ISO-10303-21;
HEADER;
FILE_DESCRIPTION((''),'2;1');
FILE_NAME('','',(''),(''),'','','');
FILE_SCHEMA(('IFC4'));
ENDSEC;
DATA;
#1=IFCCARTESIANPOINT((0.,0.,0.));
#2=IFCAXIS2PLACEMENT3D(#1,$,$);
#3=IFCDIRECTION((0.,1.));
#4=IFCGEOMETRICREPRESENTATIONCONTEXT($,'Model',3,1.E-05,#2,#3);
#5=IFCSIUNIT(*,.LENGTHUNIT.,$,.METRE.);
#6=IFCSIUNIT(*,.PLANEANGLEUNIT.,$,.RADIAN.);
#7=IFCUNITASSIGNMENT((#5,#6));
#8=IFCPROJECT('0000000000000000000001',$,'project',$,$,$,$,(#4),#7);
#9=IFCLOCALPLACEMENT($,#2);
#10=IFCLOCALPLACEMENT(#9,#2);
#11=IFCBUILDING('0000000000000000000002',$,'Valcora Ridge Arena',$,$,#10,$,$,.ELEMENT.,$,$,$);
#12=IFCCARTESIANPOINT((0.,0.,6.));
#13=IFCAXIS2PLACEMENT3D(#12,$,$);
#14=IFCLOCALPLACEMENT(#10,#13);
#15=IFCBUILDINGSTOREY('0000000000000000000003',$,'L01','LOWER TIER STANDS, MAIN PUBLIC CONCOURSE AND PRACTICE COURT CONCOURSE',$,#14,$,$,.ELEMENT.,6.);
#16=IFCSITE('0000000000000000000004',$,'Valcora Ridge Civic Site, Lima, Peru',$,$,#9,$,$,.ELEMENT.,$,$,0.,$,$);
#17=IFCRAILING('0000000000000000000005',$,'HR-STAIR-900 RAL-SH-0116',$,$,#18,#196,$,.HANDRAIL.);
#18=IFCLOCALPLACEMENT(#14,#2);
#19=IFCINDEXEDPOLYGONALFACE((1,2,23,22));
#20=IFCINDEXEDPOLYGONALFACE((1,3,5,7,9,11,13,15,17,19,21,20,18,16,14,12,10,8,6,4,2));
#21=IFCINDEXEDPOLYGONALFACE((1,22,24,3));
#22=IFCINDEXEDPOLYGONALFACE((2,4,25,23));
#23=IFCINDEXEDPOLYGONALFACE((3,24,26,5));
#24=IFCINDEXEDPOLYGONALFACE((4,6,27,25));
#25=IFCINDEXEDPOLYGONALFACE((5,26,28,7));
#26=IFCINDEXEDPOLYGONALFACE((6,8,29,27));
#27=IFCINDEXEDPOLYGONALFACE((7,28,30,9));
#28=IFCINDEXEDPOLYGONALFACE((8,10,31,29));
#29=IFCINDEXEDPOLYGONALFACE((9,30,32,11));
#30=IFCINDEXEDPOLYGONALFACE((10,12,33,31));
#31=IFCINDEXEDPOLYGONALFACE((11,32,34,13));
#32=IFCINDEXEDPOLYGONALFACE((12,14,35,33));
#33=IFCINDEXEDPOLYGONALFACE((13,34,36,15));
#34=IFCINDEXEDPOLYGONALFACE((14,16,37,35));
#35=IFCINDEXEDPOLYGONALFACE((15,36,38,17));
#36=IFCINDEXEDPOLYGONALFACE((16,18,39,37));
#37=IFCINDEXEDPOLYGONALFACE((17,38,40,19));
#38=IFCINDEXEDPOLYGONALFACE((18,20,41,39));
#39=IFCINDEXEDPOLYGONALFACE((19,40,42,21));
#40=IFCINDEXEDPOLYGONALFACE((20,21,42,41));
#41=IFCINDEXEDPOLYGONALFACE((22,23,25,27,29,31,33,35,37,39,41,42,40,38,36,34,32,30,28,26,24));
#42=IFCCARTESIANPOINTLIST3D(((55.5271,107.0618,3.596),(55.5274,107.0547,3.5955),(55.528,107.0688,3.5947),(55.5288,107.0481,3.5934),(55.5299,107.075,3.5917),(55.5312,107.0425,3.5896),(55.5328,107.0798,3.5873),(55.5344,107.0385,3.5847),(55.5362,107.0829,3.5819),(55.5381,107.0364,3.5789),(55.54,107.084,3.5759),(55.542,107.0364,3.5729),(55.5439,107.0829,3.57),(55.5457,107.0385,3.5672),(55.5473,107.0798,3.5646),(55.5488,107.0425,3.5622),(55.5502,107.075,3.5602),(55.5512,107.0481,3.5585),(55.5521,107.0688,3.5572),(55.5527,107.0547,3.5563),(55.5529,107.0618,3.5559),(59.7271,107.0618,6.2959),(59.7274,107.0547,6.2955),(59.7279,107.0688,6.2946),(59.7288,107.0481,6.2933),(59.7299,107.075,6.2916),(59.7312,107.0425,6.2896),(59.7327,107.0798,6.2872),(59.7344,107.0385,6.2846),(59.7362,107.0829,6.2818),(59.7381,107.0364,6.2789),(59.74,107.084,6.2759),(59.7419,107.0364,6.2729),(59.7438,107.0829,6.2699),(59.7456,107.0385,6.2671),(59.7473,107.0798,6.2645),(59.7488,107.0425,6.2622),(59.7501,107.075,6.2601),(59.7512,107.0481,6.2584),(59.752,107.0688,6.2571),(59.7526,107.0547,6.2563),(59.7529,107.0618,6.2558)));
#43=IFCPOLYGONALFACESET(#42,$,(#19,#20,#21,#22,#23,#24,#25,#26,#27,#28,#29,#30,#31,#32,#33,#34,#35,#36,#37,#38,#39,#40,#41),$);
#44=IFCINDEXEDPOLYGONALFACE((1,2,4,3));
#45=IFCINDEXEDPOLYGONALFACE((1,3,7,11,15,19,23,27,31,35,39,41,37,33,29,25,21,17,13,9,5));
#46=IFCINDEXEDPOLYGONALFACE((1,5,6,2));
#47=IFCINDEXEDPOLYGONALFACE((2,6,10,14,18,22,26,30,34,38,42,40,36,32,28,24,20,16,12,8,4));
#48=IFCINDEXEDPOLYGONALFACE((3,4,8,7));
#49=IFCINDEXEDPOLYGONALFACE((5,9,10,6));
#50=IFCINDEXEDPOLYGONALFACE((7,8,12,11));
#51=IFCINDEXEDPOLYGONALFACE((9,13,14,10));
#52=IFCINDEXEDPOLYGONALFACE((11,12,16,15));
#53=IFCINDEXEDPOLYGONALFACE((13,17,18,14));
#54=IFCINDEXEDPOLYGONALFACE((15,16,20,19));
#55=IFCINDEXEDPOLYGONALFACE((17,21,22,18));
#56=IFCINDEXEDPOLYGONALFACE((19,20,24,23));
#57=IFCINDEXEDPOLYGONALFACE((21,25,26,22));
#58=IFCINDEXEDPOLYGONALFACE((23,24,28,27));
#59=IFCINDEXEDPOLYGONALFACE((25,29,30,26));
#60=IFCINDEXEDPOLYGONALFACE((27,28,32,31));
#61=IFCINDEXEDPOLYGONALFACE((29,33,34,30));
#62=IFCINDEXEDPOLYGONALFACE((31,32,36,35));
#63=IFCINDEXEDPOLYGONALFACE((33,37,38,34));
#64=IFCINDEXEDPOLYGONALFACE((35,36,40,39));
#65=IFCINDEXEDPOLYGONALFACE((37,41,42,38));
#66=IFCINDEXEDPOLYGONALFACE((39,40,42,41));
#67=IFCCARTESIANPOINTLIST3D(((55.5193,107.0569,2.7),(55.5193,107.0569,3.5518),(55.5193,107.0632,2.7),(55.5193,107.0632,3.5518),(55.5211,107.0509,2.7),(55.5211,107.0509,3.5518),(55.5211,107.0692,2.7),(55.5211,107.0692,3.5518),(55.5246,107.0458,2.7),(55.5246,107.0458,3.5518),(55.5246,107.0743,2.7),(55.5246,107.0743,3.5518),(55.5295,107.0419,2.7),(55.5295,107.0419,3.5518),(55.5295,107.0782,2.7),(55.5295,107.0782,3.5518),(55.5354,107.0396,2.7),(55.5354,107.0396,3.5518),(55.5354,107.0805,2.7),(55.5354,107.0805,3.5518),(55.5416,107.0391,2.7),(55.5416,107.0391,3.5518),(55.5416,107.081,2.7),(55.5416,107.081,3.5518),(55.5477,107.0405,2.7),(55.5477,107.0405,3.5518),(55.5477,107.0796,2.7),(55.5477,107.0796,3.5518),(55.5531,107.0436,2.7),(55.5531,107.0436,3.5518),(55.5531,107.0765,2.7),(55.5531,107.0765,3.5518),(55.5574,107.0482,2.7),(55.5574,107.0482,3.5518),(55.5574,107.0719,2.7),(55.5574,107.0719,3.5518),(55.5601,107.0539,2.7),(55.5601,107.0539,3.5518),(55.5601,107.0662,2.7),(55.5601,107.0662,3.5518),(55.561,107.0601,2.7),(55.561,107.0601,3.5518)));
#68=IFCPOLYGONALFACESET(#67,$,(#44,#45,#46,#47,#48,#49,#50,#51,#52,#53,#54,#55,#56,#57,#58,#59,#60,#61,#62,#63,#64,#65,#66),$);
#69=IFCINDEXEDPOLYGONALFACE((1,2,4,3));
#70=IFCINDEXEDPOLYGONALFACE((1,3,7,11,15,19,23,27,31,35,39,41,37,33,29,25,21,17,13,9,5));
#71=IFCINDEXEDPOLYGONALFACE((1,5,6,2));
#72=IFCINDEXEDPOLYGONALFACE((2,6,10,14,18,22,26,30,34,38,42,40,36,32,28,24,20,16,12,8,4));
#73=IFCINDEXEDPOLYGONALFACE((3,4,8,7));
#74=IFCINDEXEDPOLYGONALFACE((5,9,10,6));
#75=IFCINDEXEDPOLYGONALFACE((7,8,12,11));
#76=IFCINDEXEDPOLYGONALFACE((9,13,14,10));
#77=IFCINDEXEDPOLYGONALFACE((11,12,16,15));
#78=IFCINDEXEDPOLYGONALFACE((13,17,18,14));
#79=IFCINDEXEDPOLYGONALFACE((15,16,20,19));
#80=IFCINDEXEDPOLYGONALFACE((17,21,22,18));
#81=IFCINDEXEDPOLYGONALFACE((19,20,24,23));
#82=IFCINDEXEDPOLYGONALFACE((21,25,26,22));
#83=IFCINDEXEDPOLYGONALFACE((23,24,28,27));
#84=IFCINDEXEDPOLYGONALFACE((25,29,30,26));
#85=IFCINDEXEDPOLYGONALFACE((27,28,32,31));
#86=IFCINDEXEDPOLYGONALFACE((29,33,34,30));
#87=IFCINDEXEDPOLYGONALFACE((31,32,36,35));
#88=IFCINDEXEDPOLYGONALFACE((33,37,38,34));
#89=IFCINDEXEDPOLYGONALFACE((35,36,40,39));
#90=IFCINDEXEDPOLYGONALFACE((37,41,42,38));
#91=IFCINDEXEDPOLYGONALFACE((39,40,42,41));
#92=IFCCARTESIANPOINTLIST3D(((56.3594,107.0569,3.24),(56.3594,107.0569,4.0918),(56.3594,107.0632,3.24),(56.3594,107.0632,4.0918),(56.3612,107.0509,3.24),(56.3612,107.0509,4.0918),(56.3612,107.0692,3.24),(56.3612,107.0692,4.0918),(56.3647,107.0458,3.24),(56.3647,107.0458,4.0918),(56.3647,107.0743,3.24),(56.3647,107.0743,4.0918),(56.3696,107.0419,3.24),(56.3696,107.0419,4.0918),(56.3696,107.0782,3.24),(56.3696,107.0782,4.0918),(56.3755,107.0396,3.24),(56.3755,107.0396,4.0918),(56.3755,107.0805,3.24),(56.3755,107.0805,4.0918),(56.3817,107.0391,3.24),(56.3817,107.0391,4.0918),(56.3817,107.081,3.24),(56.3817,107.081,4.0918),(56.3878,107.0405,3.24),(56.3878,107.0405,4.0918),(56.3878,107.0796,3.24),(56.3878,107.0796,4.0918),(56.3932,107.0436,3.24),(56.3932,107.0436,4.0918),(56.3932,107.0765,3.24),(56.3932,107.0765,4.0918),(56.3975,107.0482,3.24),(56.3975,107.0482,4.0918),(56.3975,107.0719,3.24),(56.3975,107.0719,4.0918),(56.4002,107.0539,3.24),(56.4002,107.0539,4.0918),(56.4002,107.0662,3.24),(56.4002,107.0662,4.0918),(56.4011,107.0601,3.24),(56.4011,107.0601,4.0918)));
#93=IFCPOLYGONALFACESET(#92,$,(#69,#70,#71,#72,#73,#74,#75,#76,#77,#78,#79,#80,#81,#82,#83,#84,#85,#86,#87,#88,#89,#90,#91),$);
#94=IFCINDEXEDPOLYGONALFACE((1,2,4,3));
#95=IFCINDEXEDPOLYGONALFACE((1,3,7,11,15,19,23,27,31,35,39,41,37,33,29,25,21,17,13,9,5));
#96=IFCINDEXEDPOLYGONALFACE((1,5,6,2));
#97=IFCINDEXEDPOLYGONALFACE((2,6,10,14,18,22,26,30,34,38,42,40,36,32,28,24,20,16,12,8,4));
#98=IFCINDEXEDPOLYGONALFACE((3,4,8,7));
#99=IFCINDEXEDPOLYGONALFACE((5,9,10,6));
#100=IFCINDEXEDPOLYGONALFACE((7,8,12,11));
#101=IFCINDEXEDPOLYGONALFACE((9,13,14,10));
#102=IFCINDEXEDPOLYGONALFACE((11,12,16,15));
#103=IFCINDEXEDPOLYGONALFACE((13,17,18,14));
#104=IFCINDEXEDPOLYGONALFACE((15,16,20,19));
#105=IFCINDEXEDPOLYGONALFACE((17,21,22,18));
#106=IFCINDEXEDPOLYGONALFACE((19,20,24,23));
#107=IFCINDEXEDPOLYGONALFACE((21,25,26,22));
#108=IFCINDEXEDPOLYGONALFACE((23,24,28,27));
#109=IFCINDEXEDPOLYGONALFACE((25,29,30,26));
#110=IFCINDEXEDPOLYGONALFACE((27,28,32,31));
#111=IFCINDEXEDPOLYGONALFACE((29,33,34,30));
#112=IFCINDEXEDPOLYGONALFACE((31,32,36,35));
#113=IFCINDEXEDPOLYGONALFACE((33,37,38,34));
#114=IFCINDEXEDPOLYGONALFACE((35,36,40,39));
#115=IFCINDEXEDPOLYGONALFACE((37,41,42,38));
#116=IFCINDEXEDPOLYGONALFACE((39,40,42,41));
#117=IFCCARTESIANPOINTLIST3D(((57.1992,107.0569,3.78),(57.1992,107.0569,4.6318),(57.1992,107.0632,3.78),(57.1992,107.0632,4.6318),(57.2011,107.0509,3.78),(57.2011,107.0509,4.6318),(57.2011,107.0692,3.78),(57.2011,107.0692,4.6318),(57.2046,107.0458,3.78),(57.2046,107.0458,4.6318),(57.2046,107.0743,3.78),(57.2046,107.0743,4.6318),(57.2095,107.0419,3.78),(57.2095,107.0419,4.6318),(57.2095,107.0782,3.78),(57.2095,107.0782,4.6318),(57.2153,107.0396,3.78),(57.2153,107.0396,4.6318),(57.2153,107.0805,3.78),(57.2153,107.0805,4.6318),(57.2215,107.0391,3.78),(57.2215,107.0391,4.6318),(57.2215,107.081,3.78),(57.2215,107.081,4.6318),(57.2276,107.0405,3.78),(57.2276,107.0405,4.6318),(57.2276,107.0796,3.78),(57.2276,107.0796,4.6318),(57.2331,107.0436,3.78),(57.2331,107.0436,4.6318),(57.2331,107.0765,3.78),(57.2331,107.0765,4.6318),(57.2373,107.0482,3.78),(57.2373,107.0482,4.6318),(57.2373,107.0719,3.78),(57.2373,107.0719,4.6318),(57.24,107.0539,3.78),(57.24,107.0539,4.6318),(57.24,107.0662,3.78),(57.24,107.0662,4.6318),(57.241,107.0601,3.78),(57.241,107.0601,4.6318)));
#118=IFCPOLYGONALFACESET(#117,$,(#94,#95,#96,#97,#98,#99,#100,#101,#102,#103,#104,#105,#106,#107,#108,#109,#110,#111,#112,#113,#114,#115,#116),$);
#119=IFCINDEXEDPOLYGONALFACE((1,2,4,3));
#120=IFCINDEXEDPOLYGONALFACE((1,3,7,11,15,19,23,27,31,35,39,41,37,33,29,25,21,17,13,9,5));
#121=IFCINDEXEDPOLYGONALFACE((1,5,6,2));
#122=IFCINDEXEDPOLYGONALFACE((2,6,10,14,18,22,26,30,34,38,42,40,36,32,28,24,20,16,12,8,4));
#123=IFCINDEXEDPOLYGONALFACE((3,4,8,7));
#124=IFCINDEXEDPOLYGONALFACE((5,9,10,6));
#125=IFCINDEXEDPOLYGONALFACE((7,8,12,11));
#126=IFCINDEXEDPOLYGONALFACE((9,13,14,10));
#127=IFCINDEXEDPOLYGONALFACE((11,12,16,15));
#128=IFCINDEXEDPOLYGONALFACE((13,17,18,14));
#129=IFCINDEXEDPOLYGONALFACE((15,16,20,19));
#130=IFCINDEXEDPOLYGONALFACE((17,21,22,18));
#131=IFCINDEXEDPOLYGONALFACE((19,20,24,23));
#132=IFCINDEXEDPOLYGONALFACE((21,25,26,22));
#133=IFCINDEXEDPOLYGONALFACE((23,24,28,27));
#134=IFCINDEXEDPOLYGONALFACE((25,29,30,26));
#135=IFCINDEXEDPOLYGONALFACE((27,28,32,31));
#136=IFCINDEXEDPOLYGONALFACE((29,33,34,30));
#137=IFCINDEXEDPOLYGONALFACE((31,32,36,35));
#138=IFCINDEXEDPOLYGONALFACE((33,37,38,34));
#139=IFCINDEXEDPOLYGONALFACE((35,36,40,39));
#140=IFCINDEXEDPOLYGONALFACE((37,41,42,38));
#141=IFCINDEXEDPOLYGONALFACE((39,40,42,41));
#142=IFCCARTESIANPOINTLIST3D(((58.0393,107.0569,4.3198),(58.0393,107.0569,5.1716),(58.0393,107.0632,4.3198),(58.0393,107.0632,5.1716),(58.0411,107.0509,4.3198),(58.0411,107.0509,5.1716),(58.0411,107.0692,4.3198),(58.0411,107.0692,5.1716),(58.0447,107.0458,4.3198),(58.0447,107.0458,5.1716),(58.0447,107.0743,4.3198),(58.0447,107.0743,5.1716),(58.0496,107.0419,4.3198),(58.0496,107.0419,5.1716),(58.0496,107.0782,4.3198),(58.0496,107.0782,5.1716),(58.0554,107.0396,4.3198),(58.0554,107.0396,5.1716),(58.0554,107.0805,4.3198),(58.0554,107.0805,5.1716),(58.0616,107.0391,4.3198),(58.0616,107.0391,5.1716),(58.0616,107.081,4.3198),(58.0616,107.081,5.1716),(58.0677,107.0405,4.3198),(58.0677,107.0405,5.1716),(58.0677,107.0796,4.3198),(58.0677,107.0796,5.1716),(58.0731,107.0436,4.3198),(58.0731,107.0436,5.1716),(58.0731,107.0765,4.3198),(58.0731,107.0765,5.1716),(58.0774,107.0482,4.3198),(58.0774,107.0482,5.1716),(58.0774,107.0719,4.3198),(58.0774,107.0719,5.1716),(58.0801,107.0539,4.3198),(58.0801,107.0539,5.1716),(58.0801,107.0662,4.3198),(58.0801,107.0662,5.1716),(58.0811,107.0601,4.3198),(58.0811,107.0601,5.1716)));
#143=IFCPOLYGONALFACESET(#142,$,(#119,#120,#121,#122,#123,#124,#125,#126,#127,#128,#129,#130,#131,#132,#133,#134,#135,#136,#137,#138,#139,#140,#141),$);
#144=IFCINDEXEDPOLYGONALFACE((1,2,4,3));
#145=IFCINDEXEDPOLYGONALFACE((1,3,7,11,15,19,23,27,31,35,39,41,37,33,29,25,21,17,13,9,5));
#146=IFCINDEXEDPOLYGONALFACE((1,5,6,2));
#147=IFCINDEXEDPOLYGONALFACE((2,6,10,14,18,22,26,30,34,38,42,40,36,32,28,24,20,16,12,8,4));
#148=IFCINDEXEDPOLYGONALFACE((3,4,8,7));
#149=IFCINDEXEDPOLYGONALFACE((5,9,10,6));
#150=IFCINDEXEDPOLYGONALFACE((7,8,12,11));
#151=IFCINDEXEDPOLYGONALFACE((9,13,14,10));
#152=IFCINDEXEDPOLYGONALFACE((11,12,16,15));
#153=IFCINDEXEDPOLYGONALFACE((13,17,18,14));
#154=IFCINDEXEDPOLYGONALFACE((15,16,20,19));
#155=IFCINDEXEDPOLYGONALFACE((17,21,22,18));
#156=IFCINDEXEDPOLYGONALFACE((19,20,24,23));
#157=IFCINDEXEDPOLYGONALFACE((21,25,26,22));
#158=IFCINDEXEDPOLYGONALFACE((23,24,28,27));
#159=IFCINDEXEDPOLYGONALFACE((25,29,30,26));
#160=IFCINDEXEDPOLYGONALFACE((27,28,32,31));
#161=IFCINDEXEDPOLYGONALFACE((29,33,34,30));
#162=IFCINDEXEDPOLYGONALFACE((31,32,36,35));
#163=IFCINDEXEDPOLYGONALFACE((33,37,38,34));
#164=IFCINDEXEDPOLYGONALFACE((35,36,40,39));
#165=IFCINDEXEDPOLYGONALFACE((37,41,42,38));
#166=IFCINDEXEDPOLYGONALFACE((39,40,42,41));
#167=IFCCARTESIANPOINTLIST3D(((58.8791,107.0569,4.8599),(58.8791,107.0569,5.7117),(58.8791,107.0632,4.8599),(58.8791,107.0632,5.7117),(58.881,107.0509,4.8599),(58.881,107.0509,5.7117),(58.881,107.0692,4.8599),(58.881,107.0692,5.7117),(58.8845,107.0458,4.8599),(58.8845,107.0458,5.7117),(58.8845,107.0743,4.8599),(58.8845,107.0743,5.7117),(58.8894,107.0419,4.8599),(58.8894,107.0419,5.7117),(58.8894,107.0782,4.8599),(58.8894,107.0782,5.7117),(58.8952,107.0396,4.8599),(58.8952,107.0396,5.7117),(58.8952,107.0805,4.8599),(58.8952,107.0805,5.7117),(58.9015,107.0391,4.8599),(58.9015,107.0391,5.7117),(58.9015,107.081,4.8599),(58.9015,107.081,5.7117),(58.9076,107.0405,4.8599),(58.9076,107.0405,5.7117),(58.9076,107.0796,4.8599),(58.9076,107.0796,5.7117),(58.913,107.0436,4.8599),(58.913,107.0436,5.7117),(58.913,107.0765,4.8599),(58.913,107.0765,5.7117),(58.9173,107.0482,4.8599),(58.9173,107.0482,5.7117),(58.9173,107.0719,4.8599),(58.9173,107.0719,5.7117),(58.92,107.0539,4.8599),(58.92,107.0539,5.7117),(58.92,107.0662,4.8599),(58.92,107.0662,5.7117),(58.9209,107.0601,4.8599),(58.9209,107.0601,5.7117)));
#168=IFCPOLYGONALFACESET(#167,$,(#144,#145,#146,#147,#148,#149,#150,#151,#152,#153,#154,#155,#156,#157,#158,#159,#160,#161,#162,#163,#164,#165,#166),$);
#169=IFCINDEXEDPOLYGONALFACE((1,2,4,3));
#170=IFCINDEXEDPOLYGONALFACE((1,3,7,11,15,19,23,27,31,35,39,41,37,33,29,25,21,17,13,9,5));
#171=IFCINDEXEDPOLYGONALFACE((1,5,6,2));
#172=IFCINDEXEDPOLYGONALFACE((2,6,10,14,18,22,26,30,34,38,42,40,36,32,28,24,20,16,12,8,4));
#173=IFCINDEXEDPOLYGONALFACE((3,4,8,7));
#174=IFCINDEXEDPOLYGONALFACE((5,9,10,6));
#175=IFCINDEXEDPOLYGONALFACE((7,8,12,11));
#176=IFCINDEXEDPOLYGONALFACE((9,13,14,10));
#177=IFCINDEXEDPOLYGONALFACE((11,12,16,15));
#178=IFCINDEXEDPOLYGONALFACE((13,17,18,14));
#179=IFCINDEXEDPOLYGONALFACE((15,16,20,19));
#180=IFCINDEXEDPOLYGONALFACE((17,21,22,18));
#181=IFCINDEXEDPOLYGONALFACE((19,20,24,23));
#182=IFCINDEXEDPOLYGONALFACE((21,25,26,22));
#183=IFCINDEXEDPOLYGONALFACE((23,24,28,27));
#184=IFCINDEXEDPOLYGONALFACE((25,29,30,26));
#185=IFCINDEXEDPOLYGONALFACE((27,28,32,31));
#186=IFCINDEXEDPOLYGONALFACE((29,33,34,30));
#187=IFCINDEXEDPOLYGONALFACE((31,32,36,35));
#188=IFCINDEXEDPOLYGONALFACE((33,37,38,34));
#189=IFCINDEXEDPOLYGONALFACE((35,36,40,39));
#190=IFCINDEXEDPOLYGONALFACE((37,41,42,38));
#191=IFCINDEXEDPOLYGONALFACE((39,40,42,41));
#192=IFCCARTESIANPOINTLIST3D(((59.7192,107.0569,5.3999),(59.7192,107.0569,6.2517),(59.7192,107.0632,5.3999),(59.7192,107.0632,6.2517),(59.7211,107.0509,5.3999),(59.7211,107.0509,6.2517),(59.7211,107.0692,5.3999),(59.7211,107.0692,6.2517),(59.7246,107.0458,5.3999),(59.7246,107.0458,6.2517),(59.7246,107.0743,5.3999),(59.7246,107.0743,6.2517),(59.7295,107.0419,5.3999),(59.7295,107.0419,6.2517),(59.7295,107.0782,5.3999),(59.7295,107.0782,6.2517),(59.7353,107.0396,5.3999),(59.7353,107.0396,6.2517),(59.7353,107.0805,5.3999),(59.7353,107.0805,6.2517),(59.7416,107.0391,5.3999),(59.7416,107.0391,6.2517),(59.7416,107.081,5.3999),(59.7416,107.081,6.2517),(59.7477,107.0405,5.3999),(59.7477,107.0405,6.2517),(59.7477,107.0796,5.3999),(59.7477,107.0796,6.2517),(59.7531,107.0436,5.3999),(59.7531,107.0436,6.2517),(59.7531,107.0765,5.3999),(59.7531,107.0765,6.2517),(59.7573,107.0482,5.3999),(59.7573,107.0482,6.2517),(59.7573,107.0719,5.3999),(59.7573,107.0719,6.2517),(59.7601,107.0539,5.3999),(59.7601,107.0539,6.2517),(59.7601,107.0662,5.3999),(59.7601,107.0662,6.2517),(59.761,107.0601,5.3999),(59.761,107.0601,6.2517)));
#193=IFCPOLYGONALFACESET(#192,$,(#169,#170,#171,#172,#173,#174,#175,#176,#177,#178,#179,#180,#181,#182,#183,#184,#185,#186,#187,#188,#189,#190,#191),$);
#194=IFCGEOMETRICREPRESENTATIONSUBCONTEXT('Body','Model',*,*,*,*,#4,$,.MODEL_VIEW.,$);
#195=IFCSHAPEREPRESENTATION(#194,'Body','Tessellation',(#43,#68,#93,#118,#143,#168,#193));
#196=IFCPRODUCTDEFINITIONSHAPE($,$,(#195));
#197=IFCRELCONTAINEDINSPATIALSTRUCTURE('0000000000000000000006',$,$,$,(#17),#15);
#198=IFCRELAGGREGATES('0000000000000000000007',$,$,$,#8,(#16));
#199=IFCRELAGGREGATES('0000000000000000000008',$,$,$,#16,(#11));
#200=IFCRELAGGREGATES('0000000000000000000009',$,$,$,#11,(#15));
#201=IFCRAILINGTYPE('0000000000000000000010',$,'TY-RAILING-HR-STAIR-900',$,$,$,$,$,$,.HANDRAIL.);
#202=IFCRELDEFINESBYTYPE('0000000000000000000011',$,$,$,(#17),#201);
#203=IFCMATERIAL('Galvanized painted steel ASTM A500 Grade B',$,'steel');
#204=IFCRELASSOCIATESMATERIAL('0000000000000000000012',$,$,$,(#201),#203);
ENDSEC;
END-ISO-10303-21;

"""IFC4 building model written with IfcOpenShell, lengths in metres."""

from ifc_helpers import new_model, si_unit, direction, frame, origin, origin_2d, place, context, subcontext, project, spatial, circle, extrude, material, type_object, element, save


model = new_model("IFC4")

# Units and contexts
model_context = context("Model", 3, precision=1e-05, world=origin(), true_north=direction((0.0, 1.0)))
body_context = subcontext(model_context, "Body", "Model", "MODEL_VIEW")
ifc_project = project(units=[si_unit("LENGTHUNIT", "METRE"), si_unit("PLANEANGLEUNIT", "RADIAN")], contexts=[model_context])

# Site, building, storey
site_placement = place(None, origin())
site = spatial("IfcSite", under=ifc_project, at=site_placement, Name="Valcora Ridge Civic Site, Lima, Peru", CompositionType="ELEMENT", RefElevation=0.0)
building_placement = place(site_placement, origin())
building = spatial("IfcBuilding", under=site, at=building_placement, Name="Valcora Ridge Arena", CompositionType="ELEMENT")
storey_placement = place(building_placement, frame((0.0, 0.0, 6.0)))
storey = spatial("IfcBuildingStorey", under=building, at=storey_placement, Name="L01", Description="LOWER TIER STANDS, MAIN PUBLIC CONCOURSE AND PRACTICE COURT CONCOURSE", CompositionType="ELEMENT", Elevation=6.0)

# Railing
ifc_material_1 = material(Name="Galvanized painted steel ASTM A500 Grade B", Category="steel")
railing_type_1 = type_object("IfcRailingType", Name="TY-RAILING-HR-STAIR-900", PredefinedType="HANDRAIL", material=ifc_material_1)
railing_1_placement = place(storey_placement, frame((55.54, 107.0601, 2.7)))
element("IfcRailing", 1, at=railing_1_placement, inside=storey, type_object=railing_type_1, Name="HR-STAIR-900 RAL-SH-0116", PredefinedType="HANDRAIL", context=body_context, shape_type="SweptSolid", body=[
    extrude(circle(Radius=0.0239, at=origin_2d()), frame((0.0, 0.0, 0.876), z_axis=(0.84118, 0.0, 0.540755), x_axis=(0.0, 1.0, 0.0)), (0.0, 0.0, 1.0), 4.9929),
    extrude(circle(Radius=0.021, at=origin_2d()), origin(), (0.0, 0.0, 1.0), 0.8518),
    extrude(circle(Radius=0.021, at=origin_2d()), frame((0.8401, 0.0, 0.54)), (0.0, 0.0, 1.0), 0.8518),
    extrude(circle(Radius=0.021, at=origin_2d()), frame((1.6799, 0.0, 1.0801)), (0.0, 0.0, 1.0), 0.8518),
    extrude(circle(Radius=0.021, at=origin_2d()), frame((2.52, 0.0, 1.6199)), (0.0, 0.0, 1.0), 0.8518),
    extrude(circle(Radius=0.021, at=origin_2d()), frame((3.3599, 0.0, 2.1599)), (0.0, 0.0, 1.0), 0.8518),
    extrude(circle(Radius=0.021, at=origin_2d()), frame((4.2, 0.0, 2.7)), (0.0, 0.0, 1.0), 0.8518),
])

save(model, "model.ifc")
